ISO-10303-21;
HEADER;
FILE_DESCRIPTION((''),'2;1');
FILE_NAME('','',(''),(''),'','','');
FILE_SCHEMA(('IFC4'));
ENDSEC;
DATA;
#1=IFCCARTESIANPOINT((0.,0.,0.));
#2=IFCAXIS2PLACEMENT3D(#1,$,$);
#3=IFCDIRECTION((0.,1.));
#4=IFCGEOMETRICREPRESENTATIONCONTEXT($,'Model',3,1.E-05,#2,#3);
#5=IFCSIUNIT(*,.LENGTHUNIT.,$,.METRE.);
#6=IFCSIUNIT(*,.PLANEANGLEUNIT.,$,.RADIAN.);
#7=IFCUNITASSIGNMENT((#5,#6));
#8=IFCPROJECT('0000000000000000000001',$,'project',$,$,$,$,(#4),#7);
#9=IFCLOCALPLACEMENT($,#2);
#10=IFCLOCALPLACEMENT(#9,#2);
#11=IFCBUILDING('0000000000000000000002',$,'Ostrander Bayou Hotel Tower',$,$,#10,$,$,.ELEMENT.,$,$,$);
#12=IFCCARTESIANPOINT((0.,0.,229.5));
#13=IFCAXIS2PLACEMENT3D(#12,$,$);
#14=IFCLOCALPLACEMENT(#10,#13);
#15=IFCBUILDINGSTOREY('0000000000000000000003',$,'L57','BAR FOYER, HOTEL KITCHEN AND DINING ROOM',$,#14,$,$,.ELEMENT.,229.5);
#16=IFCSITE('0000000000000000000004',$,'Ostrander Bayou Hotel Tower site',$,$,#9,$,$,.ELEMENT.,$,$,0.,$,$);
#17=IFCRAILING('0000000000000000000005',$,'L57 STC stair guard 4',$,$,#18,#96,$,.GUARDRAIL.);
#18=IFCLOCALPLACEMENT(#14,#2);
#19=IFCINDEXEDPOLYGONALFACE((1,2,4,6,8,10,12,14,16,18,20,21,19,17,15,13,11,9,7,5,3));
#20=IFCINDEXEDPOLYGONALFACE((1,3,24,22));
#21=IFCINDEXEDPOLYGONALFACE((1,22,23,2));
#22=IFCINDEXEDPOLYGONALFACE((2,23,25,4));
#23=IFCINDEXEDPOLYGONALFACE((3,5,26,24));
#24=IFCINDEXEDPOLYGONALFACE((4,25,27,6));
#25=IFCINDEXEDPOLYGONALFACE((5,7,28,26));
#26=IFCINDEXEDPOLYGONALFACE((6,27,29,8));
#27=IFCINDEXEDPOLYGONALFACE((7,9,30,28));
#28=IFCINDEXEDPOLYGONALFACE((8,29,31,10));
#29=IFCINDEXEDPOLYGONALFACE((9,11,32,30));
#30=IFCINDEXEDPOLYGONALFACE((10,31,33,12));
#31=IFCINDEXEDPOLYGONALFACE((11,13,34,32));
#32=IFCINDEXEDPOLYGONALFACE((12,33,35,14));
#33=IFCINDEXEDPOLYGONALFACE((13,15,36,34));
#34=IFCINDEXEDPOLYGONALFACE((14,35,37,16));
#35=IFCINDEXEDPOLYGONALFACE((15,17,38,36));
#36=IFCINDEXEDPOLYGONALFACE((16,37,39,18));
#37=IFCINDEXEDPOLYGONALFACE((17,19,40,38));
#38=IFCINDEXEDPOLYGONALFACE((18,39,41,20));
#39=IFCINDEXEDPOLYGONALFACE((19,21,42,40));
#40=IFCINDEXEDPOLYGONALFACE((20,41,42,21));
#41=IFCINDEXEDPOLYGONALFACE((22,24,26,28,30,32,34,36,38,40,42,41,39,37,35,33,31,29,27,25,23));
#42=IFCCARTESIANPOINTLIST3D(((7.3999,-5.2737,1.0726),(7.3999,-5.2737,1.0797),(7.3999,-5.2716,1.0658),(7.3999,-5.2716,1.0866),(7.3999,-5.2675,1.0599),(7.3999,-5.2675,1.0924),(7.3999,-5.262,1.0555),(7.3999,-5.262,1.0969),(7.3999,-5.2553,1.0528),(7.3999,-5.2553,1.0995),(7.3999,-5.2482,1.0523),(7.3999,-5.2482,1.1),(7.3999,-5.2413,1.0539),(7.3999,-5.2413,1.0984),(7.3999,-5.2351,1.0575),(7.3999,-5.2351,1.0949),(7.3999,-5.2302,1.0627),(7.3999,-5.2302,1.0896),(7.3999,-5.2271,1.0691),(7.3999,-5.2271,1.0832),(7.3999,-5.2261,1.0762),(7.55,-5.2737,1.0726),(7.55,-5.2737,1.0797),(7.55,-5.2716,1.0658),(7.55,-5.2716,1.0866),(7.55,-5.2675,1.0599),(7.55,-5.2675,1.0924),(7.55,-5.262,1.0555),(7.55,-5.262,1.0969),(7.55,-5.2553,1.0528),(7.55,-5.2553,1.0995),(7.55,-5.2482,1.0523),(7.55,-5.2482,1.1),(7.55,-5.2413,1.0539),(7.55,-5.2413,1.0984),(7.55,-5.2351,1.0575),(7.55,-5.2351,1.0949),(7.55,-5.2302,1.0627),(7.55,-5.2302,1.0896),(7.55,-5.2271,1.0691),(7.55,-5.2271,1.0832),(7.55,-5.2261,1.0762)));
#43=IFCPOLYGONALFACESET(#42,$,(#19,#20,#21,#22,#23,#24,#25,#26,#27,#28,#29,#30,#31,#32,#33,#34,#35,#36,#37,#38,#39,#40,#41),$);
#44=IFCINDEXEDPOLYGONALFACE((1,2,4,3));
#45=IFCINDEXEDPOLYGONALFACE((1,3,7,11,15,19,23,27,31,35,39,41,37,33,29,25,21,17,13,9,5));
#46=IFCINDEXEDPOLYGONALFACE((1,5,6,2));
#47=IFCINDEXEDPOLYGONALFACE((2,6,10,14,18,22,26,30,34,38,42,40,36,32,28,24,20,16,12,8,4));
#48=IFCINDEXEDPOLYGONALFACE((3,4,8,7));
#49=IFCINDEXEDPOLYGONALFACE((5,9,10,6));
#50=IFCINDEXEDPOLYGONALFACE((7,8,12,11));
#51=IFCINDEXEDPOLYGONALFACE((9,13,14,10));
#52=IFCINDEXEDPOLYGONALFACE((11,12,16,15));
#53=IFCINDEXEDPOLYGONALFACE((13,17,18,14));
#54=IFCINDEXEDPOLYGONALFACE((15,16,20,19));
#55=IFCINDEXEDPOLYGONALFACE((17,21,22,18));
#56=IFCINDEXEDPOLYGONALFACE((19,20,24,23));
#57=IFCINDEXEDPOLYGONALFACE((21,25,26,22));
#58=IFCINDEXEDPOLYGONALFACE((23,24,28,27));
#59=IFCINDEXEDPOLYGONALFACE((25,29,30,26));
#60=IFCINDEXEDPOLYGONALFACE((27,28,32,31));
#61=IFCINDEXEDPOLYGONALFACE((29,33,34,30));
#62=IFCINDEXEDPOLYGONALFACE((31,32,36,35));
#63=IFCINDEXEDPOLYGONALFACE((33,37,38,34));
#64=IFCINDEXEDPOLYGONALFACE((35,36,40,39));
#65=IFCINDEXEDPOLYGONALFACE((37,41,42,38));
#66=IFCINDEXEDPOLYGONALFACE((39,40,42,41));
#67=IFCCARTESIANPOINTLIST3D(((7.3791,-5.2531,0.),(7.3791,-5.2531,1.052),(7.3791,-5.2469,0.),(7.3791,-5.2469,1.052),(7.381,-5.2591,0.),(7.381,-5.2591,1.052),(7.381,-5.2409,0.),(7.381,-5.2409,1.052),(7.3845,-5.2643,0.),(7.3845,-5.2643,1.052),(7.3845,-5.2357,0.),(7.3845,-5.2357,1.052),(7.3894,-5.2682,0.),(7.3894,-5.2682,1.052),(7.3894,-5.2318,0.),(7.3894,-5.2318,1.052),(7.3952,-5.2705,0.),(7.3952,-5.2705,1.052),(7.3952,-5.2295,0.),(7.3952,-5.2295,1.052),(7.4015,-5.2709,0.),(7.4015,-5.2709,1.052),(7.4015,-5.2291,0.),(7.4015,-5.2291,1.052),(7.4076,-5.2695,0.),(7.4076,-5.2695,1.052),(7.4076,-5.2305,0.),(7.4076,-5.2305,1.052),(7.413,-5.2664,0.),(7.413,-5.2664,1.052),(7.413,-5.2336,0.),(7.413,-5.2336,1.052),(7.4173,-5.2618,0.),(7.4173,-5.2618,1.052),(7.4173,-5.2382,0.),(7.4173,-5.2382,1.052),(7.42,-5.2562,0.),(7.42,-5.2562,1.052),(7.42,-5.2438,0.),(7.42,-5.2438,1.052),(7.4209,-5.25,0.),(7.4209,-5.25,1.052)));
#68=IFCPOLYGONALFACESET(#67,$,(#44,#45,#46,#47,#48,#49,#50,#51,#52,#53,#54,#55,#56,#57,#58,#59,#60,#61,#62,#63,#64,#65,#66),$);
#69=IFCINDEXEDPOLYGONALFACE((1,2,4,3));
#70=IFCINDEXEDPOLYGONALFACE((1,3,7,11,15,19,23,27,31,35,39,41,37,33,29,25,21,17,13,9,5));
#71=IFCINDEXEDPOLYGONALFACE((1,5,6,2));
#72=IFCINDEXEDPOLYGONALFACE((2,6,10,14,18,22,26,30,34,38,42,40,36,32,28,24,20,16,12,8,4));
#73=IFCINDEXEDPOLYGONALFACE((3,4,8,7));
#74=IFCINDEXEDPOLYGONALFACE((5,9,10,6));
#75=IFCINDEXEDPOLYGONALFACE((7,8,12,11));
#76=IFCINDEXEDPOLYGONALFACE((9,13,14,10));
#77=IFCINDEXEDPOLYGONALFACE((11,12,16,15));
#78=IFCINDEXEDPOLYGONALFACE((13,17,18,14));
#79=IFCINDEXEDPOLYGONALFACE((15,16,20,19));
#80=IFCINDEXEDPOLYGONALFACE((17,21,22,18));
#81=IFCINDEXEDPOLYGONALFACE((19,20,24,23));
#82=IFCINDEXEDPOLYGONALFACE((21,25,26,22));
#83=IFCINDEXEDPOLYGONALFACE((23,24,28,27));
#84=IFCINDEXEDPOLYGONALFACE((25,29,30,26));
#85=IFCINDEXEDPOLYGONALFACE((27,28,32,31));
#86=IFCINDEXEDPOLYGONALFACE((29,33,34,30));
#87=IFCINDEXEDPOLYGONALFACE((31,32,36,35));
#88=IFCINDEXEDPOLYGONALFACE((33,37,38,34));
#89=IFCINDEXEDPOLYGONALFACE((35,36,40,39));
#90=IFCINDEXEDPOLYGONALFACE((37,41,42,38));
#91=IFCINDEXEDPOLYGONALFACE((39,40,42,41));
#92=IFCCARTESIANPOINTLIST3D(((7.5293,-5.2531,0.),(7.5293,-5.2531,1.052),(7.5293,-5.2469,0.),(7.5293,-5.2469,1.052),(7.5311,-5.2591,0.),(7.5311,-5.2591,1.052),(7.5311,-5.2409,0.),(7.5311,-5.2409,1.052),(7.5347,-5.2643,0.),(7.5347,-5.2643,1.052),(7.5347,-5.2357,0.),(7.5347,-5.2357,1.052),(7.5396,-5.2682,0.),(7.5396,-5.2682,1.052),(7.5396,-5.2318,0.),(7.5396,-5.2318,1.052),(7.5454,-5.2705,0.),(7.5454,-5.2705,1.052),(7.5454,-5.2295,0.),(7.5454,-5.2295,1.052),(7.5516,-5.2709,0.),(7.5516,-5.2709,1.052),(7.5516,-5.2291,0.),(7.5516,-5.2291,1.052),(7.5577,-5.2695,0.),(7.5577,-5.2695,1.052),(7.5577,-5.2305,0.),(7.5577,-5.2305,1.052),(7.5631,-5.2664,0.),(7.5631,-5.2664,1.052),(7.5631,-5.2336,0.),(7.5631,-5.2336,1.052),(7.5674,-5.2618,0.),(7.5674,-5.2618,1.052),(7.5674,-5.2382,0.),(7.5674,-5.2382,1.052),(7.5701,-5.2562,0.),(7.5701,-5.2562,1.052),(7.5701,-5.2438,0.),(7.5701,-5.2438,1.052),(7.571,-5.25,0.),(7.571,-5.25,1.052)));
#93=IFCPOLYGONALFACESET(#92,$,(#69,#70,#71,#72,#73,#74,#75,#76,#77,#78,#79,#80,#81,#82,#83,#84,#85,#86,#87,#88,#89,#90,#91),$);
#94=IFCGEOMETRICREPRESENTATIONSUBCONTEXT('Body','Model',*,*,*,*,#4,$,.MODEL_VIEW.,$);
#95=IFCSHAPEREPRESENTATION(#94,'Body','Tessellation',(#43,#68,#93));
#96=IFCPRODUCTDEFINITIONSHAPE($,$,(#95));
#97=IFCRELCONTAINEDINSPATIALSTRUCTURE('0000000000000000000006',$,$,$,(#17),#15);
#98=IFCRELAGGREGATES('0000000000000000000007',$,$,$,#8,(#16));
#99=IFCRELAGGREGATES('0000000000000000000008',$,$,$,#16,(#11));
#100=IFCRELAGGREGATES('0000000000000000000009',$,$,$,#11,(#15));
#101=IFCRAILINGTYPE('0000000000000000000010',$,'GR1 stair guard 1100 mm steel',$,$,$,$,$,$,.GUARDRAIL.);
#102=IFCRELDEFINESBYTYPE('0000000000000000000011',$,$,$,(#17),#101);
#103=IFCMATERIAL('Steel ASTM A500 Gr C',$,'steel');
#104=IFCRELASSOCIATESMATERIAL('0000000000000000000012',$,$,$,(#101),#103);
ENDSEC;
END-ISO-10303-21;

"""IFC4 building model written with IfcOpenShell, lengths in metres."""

from ifc_helpers import new_model, si_unit, direction, frame, origin, origin_2d, place, context, subcontext, project, spatial, circle, extrude, material, type_object, element, save


model = new_model("IFC4")

# Units and contexts
model_context = context("Model", 3, precision=1e-05, world=origin(), true_north=direction((0.0, 1.0)))
body_context = subcontext(model_context, "Body", "Model", "MODEL_VIEW")
ifc_project = project(units=[si_unit("LENGTHUNIT", "METRE"), si_unit("PLANEANGLEUNIT", "RADIAN")], contexts=[model_context])

# Site, building, storey
site_placement = place(None, origin())
site = spatial("IfcSite", under=ifc_project, at=site_placement, Name="Ostrander Bayou Hotel Tower site", CompositionType="ELEMENT", RefElevation=0.0)
building_placement = place(site_placement, origin())
building = spatial("IfcBuilding", under=site, at=building_placement, Name="Ostrander Bayou Hotel Tower", CompositionType="ELEMENT")
storey_placement = place(building_placement, frame((0.0, 0.0, 229.5)))
storey = spatial("IfcBuildingStorey", under=building, at=storey_placement, Name="L57", Description="BAR FOYER, HOTEL KITCHEN AND DINING ROOM", CompositionType="ELEMENT", Elevation=229.5)

# Railing
ifc_material_1 = material(Name="Steel ASTM A500 Gr C", Category="steel")
railing_type_1 = type_object("IfcRailingType", Name="GR1 stair guard 1100 mm steel", PredefinedType="GUARDRAIL", material=ifc_material_1)
railing_1_placement = place(storey_placement, frame((7.3999, -5.25, 0.0)))
element("IfcRailing", 1, at=railing_1_placement, inside=storey, type_object=railing_type_1, Name="L57 STC stair guard 4", PredefinedType="GUARDRAIL", context=body_context, shape_type="SweptSolid", body=[
    extrude(circle(Radius=0.0239, at=origin_2d()), frame((0.0, 0.0, 1.0762), z_axis=(1.0, 0.0, 0.0), x_axis=(0.0, 1.0, 0.0)), (0.0, 0.0, 1.0), 0.1501),
    extrude(circle(Radius=0.021, at=origin_2d()), origin(), (0.0, 0.0, 1.0), 1.052),
    extrude(circle(Radius=0.021, at=origin_2d()), frame((0.1501, 0.0, 0.0)), (0.0, 0.0, 1.0), 1.052),
])

save(model, "model.ifc")
